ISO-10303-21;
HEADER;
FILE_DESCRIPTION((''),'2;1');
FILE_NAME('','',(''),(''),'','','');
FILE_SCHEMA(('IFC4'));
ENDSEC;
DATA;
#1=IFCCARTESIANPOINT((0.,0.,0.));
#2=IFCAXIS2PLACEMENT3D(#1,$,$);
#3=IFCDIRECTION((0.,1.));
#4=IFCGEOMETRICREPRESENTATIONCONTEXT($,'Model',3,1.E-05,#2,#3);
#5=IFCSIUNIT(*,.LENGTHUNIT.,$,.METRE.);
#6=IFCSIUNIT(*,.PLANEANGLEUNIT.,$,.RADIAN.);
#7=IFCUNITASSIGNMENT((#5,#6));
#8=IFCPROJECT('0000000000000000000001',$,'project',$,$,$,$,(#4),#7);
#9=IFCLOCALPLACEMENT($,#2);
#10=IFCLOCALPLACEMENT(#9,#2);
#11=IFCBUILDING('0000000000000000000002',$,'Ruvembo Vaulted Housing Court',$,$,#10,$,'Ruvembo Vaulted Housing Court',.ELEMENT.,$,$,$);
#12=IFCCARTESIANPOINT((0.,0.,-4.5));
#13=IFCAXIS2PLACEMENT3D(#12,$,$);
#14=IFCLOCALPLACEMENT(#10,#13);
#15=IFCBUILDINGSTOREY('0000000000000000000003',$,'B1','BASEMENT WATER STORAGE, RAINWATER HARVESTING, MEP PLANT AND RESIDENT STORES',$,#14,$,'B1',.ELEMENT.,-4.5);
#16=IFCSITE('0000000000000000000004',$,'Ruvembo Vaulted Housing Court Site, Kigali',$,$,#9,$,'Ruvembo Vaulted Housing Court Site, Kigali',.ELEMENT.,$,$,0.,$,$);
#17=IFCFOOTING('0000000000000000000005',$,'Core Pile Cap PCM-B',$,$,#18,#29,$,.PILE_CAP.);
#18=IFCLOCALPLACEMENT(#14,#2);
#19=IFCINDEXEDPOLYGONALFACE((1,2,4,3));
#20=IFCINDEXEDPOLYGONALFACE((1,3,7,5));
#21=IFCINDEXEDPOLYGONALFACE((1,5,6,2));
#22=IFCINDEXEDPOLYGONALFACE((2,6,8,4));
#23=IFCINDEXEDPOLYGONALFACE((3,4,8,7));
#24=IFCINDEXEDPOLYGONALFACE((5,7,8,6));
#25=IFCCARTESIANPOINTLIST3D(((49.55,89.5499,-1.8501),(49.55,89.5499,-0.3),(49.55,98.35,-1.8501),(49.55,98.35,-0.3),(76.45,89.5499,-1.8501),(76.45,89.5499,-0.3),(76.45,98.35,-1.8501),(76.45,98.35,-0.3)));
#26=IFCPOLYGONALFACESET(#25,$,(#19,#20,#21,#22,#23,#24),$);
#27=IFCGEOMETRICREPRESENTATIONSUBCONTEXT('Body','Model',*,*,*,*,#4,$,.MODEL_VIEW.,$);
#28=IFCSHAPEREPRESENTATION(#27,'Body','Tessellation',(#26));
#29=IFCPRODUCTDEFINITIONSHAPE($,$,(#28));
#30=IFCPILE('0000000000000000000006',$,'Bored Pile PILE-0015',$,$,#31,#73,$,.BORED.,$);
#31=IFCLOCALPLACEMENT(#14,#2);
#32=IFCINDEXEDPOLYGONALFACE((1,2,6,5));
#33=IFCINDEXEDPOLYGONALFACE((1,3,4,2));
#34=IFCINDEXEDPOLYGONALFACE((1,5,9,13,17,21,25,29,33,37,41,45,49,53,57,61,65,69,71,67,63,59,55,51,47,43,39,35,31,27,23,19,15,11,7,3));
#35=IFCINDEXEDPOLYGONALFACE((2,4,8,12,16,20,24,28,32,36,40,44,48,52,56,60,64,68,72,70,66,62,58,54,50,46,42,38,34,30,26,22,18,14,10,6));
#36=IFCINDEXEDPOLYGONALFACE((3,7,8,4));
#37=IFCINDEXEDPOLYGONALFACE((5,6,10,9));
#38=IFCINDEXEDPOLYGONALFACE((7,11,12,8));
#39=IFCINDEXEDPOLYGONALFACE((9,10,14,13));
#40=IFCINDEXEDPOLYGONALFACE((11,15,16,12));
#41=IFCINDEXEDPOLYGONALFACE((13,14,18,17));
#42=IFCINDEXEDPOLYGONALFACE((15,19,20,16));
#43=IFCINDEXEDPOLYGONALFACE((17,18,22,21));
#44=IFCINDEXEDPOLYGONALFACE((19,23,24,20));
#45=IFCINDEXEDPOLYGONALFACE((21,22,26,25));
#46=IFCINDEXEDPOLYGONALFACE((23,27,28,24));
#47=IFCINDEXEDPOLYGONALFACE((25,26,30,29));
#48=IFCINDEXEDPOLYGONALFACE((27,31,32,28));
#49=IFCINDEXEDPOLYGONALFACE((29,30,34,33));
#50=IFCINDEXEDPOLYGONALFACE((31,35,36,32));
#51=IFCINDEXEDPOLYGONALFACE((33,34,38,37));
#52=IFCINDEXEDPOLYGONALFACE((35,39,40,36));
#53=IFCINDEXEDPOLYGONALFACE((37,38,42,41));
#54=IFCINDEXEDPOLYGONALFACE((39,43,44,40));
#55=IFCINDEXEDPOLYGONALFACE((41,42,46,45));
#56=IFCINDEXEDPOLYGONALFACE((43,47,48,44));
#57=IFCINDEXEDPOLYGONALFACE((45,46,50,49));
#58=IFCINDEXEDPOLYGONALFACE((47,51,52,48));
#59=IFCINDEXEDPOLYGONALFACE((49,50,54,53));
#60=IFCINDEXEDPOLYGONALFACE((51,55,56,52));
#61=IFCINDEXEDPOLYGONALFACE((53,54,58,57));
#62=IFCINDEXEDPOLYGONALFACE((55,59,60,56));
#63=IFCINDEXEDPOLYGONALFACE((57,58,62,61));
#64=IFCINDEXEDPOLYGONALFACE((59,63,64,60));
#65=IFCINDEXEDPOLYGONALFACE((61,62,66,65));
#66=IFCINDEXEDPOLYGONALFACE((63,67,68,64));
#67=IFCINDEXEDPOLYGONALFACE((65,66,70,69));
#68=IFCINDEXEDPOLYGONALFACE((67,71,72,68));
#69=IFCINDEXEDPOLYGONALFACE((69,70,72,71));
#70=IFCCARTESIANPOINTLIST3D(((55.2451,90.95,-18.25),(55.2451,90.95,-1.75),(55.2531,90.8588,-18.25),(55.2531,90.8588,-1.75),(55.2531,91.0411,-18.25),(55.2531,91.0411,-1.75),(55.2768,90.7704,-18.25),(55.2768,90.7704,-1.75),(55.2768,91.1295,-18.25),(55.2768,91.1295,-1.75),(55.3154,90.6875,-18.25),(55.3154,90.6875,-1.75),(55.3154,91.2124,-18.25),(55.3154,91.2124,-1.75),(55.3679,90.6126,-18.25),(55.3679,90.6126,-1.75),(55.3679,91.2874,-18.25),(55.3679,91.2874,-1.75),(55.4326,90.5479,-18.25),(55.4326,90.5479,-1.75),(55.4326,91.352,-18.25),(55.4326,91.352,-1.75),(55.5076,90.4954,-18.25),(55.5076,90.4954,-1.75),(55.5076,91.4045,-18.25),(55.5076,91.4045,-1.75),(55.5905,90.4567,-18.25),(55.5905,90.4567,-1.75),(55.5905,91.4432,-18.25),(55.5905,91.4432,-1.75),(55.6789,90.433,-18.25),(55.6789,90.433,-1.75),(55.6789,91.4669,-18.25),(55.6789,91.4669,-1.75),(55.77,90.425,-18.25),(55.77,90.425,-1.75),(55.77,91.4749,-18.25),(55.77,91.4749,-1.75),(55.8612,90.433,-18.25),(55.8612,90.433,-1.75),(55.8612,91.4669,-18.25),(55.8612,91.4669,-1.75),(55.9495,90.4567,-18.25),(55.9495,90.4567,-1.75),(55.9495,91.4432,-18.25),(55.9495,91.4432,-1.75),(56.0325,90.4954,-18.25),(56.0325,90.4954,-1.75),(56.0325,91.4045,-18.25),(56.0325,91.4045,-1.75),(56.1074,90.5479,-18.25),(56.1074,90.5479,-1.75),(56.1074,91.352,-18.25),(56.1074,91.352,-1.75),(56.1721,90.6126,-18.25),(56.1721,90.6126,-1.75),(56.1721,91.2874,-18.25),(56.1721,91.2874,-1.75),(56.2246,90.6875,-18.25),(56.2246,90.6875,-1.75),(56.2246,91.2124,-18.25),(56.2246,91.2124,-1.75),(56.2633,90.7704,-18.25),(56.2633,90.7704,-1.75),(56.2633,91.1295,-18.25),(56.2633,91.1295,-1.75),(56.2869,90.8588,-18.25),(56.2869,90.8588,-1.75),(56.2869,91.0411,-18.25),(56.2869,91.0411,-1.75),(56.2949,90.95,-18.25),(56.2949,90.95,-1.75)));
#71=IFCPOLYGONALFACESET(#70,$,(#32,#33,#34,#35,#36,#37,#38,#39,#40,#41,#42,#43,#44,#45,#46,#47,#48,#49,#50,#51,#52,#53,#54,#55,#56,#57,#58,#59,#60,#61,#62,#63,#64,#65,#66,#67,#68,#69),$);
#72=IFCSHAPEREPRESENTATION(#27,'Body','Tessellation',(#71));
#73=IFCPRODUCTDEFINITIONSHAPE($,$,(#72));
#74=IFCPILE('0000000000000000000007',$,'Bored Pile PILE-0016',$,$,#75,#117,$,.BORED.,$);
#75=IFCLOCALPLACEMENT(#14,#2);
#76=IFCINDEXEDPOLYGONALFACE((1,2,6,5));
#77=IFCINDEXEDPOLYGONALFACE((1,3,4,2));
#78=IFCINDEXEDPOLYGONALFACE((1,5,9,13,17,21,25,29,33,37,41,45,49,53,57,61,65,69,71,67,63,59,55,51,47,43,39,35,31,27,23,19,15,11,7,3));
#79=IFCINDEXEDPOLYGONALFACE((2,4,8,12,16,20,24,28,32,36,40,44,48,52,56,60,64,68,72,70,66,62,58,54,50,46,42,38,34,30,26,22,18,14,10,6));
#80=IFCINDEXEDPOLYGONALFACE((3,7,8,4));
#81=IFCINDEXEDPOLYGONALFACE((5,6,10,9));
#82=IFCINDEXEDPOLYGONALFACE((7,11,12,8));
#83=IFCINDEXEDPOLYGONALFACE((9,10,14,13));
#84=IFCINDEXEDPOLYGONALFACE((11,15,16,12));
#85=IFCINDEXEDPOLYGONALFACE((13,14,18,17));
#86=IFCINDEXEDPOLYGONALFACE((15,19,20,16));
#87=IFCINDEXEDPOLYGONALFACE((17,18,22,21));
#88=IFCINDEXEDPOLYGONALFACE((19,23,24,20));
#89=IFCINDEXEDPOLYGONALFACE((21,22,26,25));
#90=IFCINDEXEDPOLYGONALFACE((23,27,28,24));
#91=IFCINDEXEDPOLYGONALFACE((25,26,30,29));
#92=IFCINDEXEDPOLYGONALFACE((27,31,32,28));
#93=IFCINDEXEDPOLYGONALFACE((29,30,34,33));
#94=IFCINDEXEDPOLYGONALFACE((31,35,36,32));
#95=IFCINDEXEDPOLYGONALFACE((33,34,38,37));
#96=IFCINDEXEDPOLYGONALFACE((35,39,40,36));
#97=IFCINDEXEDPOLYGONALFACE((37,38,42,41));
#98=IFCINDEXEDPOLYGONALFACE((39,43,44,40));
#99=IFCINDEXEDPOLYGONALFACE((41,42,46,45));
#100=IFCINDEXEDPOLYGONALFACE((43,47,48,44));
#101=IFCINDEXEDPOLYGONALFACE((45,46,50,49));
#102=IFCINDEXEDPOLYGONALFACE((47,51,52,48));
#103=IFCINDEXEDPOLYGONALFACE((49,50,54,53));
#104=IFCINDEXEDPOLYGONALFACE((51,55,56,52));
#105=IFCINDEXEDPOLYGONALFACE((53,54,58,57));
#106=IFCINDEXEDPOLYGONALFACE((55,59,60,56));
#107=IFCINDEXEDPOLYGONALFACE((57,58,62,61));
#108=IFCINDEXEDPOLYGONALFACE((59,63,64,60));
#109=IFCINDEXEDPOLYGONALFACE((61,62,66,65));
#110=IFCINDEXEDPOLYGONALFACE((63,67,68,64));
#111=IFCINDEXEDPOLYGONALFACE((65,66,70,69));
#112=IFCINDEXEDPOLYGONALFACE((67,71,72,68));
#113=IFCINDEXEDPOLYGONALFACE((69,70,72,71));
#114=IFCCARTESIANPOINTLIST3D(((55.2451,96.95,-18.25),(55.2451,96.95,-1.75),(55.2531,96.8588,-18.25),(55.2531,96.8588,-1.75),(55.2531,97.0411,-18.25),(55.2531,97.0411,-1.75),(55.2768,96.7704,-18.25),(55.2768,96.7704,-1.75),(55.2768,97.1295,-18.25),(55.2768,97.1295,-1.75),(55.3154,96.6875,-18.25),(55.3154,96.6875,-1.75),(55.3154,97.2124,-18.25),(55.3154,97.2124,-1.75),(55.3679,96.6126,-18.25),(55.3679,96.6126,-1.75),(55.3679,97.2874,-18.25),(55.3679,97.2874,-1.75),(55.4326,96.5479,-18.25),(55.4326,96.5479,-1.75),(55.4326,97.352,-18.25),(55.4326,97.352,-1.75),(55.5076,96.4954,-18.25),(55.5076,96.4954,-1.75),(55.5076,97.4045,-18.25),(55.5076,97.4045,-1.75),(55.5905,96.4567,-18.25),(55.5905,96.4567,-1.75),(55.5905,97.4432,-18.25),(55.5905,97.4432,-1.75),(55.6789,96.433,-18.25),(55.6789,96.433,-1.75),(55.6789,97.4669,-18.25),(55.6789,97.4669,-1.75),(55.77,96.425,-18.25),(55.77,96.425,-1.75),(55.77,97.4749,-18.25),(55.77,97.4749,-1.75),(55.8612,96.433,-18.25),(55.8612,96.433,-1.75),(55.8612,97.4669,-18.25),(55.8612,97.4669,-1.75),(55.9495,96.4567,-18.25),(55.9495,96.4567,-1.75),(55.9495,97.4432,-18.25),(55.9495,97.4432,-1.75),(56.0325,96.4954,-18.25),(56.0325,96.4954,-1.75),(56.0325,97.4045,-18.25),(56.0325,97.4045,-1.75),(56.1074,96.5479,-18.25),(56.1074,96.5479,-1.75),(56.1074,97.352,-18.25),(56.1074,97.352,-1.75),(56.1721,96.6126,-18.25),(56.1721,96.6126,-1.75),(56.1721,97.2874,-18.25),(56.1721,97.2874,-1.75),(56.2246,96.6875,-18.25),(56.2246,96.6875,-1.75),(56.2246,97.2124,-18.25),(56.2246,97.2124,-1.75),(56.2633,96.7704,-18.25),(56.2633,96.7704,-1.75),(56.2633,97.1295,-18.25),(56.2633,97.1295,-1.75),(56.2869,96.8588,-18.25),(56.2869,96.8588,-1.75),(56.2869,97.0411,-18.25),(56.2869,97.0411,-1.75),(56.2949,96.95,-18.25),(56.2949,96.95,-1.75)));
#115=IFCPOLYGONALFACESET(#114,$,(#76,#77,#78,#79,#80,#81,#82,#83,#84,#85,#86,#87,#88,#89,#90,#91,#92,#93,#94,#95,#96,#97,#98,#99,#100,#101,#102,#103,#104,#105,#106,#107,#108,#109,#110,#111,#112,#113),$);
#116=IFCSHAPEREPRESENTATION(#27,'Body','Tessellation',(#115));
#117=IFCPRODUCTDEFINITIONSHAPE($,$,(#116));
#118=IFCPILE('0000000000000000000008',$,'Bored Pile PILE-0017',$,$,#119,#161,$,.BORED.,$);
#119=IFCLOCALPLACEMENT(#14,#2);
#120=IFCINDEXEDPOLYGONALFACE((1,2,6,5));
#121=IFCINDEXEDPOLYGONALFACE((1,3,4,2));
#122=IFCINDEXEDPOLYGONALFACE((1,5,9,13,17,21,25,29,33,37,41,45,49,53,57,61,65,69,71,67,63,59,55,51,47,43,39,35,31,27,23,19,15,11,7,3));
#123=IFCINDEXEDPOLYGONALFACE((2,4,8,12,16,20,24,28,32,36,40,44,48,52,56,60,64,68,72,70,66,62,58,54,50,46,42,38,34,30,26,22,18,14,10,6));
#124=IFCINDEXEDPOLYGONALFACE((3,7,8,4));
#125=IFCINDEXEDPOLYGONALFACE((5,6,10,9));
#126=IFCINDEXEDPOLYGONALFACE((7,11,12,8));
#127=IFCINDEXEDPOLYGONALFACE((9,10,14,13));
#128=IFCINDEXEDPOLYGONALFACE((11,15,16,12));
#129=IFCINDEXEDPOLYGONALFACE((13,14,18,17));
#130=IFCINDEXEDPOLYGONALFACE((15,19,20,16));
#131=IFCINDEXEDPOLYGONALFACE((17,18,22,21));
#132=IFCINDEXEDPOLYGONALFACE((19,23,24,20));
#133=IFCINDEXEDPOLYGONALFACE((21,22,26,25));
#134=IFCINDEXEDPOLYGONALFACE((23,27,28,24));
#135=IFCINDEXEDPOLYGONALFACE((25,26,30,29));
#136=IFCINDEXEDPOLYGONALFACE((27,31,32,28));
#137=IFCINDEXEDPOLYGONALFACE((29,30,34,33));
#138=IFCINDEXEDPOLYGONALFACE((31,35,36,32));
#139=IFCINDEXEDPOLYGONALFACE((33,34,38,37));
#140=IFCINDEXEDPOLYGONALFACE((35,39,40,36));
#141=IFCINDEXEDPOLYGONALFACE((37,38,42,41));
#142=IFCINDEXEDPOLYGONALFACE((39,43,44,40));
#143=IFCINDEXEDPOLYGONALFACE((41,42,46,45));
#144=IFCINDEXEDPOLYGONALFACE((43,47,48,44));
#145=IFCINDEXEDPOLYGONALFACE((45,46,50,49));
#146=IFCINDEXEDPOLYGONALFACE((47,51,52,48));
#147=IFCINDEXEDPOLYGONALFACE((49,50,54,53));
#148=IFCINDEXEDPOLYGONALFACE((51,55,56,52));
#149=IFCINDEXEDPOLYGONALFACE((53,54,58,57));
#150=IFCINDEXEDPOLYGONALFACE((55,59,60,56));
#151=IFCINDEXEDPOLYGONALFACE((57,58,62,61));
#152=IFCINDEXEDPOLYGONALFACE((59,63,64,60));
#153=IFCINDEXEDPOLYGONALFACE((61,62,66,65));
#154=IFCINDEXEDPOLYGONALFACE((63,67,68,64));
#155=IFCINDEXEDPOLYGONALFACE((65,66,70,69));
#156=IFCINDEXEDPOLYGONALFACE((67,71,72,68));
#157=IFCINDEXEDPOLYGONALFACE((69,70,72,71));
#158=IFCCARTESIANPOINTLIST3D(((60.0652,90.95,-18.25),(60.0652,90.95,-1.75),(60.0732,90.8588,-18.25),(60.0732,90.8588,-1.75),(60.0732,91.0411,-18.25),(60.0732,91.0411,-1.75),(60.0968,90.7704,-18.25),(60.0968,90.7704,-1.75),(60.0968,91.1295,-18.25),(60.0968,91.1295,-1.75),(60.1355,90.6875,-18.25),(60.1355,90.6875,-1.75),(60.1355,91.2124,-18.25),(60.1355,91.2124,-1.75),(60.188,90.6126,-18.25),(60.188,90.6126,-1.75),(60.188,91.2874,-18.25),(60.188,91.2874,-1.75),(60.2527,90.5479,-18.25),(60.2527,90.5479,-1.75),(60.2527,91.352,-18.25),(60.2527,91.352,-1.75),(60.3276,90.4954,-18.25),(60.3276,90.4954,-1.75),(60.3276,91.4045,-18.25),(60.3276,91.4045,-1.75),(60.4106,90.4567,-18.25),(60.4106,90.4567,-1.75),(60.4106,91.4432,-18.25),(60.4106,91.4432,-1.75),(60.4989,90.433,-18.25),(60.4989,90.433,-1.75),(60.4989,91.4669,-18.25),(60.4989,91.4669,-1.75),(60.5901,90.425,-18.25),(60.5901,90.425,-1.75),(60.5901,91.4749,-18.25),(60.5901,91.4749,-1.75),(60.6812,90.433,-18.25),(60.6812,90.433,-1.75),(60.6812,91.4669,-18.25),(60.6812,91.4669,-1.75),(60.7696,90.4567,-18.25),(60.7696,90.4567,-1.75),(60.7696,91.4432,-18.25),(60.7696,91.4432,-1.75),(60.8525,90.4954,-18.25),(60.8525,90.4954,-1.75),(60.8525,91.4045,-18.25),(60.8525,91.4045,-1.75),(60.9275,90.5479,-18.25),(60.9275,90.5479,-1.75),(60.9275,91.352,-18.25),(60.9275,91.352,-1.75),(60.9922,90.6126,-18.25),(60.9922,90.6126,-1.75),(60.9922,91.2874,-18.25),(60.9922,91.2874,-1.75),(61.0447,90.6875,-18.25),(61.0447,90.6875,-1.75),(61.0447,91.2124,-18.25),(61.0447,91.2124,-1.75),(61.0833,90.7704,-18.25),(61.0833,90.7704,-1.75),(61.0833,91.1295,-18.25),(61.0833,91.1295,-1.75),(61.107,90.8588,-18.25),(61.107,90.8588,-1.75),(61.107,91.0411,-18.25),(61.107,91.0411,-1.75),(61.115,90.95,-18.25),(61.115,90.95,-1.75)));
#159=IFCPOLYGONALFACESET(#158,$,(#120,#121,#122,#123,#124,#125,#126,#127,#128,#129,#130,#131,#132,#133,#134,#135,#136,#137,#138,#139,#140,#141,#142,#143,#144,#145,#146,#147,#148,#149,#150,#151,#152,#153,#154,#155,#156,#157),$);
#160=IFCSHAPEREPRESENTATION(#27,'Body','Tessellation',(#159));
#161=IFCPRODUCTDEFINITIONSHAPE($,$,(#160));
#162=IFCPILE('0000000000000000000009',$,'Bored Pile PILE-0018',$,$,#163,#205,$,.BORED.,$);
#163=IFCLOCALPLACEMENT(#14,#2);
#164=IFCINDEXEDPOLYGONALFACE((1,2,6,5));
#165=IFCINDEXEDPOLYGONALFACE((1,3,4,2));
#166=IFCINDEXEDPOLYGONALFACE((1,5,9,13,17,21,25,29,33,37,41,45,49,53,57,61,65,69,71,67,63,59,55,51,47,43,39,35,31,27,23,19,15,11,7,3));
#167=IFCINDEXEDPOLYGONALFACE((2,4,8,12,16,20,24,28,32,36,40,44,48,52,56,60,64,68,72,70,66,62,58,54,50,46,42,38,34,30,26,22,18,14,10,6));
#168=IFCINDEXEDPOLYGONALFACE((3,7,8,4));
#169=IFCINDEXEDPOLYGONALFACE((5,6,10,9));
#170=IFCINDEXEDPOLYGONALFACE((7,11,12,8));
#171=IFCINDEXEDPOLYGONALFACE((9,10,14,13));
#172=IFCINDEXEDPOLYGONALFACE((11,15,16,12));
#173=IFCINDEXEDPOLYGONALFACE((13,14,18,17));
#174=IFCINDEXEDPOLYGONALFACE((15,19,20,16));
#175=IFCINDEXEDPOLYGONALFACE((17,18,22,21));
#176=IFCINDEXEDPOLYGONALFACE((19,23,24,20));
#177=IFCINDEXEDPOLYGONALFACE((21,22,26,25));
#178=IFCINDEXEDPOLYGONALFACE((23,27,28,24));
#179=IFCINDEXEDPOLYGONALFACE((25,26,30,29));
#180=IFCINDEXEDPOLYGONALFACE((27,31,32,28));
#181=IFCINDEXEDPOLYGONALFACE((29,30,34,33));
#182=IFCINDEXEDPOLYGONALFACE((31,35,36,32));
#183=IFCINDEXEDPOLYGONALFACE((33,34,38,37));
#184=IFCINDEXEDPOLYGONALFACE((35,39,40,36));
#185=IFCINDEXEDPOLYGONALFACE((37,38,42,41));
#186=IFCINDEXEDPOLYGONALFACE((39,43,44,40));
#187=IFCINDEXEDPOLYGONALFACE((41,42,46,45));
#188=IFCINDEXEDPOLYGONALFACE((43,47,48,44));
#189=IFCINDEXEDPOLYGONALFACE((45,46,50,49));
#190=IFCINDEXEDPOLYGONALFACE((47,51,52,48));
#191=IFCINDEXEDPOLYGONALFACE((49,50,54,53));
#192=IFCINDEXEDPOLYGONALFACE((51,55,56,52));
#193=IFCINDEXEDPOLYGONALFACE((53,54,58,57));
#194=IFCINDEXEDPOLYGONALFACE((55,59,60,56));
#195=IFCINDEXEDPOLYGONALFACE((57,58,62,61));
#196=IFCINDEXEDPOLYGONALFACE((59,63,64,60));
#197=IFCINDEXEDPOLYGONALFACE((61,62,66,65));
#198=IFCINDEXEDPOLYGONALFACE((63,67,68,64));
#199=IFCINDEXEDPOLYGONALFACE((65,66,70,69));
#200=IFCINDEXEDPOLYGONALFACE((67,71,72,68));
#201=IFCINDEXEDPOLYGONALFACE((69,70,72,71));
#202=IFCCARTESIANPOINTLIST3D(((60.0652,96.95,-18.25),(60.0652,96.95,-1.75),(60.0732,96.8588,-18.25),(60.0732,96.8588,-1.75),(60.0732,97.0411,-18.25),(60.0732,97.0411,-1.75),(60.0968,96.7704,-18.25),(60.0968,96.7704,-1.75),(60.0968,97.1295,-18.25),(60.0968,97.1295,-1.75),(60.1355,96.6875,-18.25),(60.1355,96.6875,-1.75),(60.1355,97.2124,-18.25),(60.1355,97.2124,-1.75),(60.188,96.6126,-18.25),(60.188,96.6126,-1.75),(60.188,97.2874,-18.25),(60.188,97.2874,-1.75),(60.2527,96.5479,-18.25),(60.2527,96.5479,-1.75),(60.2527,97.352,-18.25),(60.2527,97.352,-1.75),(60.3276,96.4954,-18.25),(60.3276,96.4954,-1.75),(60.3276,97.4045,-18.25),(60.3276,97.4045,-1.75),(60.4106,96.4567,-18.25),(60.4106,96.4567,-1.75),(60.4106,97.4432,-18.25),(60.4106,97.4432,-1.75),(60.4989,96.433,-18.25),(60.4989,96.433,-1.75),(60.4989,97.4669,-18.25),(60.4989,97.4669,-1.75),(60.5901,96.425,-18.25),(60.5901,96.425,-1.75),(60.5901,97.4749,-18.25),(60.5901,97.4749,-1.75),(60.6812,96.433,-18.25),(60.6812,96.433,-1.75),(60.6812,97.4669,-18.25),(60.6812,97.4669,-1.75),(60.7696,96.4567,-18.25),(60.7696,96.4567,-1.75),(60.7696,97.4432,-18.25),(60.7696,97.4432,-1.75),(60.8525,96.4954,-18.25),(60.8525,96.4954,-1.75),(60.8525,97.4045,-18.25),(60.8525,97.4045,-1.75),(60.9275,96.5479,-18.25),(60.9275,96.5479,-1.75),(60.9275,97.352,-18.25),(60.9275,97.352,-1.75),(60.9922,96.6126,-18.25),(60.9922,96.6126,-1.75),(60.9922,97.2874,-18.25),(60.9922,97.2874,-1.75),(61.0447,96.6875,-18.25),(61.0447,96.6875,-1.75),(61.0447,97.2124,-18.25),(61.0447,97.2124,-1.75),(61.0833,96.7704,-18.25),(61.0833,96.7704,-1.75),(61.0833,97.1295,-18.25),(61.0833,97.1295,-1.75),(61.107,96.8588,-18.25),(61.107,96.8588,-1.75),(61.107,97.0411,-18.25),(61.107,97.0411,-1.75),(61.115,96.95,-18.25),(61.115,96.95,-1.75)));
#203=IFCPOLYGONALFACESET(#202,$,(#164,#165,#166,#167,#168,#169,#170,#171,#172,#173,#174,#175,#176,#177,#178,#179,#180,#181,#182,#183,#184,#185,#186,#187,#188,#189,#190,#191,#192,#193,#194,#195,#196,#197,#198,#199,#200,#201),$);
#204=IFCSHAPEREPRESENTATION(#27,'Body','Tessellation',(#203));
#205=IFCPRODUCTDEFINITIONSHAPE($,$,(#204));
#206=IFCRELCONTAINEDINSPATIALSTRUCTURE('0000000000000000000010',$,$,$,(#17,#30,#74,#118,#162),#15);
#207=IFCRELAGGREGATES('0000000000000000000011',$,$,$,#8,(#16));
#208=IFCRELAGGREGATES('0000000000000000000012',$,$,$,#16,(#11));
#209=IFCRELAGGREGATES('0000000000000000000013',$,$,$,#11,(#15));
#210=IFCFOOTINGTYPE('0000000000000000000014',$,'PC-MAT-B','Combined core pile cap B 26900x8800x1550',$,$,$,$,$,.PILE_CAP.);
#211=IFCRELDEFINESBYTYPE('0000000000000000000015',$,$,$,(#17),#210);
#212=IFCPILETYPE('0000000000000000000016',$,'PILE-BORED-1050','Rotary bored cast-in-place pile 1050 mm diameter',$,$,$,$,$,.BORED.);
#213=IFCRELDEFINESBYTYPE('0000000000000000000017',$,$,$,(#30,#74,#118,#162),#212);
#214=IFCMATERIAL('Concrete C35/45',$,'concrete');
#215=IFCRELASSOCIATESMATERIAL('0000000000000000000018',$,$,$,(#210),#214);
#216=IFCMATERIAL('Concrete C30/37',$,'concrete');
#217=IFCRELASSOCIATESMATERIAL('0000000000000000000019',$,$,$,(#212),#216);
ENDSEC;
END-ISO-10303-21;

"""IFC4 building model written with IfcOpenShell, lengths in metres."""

from ifc_helpers import new_model, si_unit, direction, frame, origin, origin_2d, place, context, subcontext, project, spatial, rectangle, circle, extrude, material, material_profile, profile_set, type_object, element, save


model = new_model("IFC4")

# Units and contexts
model_context = context("Model", 3, precision=1e-05, world=origin(), true_north=direction((0.0, 1.0)))
body_context = subcontext(model_context, "Body", "Model", "MODEL_VIEW")
ifc_project = project(units=[si_unit("LENGTHUNIT", "METRE"), si_unit("PLANEANGLEUNIT", "RADIAN")], contexts=[model_context])

# Site, building, storey
site_placement = place(None, origin())
site = spatial("IfcSite", under=ifc_project, at=site_placement, Name="Ruvembo Vaulted Housing Court Site, Kigali", LongName="Ruvembo Vaulted Housing Court Site, Kigali", CompositionType="ELEMENT", RefElevation=0.0)
building_placement = place(site_placement, origin())
building = spatial("IfcBuilding", under=site, at=building_placement, Name="Ruvembo Vaulted Housing Court", LongName="Ruvembo Vaulted Housing Court", CompositionType="ELEMENT")
storey_placement = place(building_placement, frame((0.0, 0.0, -4.5)))
storey = spatial("IfcBuildingStorey", under=building, at=storey_placement, Name="B1", Description="BASEMENT WATER STORAGE, RAINWATER HARVESTING, MEP PLANT AND RESIDENT STORES", LongName="B1", CompositionType="ELEMENT", Elevation=-4.5)

# Footing
ifc_material_1 = material(Name="Concrete C35/45", Category="concrete")
footing_type = type_object("IfcFootingType", Name="PC-MAT-B", Description="Combined core pile cap B 26900x8800x1550", PredefinedType="PILE_CAP", material=ifc_material_1)
footing_placement = place(storey_placement, frame((63.0, 93.95, -1.8501), z_axis=(0.0, 0.0, 1.0), x_axis=(1.0, 0.0, 0.0)))
element("IfcFooting", 1, at=footing_placement, inside=storey, type_object=footing_type, Name="Core Pile Cap PCM-B", PredefinedType="PILE_CAP", context=body_context, shape_type="SweptSolid", body=[
    extrude(rectangle(XDim=26.8999, YDim=8.8, at=origin_2d()), origin(), (0.0, 0.0, 1.0), 1.55),
])

# Piles
ifc_material_2 = material(Name="Concrete C30/37", Category="concrete")
ifc_material_profile_1 = material_profile(ifc_material_2, circle(Radius=0.5249, at=origin_2d()), Name="PILE D1050")
ifc_profile_set_1 = profile_set([ifc_material_profile_1], Name="Concrete C30/37")
pile_type = type_object("IfcPileType", Name="PILE-BORED-1050", Description="Rotary bored cast-in-place pile 1050 mm diameter", PredefinedType="BORED", material=ifc_profile_set_1)
for number, where, z_axis, x_axis, name in (
    (2, (55.77, 90.95, -1.75), (0.0, 0.0, -1.0), (1.0, 0.0, 0.0), "Bored Pile PILE-0015"),
    (3, (55.77, 96.95, -1.75), (0.0, 0.0, -1.0), (1.0, 0.0, 0.0), "Bored Pile PILE-0016"),
    (4, (60.5901, 90.95, -1.75), (0.0, 0.0, -1.0), (1.0, 0.0, 0.0), "Bored Pile PILE-0017"),
    (5, (60.5901, 96.95, -1.75), (0.0, 0.0, -1.0), (1.0, 0.0, 0.0), "Bored Pile PILE-0018"),
):
    element("IfcPile", number, at=place(storey_placement, frame(where, z_axis=z_axis, x_axis=x_axis)), inside=storey, type_object=pile_type, Name=name, PredefinedType="BORED", context=body_context, shape_type="SweptSolid", body=[
        extrude(circle(Radius=0.5249, at=origin_2d()), origin(), (0.0, 0.0, 1.0), 16.5),
    ])

save(model, "model.ifc")
